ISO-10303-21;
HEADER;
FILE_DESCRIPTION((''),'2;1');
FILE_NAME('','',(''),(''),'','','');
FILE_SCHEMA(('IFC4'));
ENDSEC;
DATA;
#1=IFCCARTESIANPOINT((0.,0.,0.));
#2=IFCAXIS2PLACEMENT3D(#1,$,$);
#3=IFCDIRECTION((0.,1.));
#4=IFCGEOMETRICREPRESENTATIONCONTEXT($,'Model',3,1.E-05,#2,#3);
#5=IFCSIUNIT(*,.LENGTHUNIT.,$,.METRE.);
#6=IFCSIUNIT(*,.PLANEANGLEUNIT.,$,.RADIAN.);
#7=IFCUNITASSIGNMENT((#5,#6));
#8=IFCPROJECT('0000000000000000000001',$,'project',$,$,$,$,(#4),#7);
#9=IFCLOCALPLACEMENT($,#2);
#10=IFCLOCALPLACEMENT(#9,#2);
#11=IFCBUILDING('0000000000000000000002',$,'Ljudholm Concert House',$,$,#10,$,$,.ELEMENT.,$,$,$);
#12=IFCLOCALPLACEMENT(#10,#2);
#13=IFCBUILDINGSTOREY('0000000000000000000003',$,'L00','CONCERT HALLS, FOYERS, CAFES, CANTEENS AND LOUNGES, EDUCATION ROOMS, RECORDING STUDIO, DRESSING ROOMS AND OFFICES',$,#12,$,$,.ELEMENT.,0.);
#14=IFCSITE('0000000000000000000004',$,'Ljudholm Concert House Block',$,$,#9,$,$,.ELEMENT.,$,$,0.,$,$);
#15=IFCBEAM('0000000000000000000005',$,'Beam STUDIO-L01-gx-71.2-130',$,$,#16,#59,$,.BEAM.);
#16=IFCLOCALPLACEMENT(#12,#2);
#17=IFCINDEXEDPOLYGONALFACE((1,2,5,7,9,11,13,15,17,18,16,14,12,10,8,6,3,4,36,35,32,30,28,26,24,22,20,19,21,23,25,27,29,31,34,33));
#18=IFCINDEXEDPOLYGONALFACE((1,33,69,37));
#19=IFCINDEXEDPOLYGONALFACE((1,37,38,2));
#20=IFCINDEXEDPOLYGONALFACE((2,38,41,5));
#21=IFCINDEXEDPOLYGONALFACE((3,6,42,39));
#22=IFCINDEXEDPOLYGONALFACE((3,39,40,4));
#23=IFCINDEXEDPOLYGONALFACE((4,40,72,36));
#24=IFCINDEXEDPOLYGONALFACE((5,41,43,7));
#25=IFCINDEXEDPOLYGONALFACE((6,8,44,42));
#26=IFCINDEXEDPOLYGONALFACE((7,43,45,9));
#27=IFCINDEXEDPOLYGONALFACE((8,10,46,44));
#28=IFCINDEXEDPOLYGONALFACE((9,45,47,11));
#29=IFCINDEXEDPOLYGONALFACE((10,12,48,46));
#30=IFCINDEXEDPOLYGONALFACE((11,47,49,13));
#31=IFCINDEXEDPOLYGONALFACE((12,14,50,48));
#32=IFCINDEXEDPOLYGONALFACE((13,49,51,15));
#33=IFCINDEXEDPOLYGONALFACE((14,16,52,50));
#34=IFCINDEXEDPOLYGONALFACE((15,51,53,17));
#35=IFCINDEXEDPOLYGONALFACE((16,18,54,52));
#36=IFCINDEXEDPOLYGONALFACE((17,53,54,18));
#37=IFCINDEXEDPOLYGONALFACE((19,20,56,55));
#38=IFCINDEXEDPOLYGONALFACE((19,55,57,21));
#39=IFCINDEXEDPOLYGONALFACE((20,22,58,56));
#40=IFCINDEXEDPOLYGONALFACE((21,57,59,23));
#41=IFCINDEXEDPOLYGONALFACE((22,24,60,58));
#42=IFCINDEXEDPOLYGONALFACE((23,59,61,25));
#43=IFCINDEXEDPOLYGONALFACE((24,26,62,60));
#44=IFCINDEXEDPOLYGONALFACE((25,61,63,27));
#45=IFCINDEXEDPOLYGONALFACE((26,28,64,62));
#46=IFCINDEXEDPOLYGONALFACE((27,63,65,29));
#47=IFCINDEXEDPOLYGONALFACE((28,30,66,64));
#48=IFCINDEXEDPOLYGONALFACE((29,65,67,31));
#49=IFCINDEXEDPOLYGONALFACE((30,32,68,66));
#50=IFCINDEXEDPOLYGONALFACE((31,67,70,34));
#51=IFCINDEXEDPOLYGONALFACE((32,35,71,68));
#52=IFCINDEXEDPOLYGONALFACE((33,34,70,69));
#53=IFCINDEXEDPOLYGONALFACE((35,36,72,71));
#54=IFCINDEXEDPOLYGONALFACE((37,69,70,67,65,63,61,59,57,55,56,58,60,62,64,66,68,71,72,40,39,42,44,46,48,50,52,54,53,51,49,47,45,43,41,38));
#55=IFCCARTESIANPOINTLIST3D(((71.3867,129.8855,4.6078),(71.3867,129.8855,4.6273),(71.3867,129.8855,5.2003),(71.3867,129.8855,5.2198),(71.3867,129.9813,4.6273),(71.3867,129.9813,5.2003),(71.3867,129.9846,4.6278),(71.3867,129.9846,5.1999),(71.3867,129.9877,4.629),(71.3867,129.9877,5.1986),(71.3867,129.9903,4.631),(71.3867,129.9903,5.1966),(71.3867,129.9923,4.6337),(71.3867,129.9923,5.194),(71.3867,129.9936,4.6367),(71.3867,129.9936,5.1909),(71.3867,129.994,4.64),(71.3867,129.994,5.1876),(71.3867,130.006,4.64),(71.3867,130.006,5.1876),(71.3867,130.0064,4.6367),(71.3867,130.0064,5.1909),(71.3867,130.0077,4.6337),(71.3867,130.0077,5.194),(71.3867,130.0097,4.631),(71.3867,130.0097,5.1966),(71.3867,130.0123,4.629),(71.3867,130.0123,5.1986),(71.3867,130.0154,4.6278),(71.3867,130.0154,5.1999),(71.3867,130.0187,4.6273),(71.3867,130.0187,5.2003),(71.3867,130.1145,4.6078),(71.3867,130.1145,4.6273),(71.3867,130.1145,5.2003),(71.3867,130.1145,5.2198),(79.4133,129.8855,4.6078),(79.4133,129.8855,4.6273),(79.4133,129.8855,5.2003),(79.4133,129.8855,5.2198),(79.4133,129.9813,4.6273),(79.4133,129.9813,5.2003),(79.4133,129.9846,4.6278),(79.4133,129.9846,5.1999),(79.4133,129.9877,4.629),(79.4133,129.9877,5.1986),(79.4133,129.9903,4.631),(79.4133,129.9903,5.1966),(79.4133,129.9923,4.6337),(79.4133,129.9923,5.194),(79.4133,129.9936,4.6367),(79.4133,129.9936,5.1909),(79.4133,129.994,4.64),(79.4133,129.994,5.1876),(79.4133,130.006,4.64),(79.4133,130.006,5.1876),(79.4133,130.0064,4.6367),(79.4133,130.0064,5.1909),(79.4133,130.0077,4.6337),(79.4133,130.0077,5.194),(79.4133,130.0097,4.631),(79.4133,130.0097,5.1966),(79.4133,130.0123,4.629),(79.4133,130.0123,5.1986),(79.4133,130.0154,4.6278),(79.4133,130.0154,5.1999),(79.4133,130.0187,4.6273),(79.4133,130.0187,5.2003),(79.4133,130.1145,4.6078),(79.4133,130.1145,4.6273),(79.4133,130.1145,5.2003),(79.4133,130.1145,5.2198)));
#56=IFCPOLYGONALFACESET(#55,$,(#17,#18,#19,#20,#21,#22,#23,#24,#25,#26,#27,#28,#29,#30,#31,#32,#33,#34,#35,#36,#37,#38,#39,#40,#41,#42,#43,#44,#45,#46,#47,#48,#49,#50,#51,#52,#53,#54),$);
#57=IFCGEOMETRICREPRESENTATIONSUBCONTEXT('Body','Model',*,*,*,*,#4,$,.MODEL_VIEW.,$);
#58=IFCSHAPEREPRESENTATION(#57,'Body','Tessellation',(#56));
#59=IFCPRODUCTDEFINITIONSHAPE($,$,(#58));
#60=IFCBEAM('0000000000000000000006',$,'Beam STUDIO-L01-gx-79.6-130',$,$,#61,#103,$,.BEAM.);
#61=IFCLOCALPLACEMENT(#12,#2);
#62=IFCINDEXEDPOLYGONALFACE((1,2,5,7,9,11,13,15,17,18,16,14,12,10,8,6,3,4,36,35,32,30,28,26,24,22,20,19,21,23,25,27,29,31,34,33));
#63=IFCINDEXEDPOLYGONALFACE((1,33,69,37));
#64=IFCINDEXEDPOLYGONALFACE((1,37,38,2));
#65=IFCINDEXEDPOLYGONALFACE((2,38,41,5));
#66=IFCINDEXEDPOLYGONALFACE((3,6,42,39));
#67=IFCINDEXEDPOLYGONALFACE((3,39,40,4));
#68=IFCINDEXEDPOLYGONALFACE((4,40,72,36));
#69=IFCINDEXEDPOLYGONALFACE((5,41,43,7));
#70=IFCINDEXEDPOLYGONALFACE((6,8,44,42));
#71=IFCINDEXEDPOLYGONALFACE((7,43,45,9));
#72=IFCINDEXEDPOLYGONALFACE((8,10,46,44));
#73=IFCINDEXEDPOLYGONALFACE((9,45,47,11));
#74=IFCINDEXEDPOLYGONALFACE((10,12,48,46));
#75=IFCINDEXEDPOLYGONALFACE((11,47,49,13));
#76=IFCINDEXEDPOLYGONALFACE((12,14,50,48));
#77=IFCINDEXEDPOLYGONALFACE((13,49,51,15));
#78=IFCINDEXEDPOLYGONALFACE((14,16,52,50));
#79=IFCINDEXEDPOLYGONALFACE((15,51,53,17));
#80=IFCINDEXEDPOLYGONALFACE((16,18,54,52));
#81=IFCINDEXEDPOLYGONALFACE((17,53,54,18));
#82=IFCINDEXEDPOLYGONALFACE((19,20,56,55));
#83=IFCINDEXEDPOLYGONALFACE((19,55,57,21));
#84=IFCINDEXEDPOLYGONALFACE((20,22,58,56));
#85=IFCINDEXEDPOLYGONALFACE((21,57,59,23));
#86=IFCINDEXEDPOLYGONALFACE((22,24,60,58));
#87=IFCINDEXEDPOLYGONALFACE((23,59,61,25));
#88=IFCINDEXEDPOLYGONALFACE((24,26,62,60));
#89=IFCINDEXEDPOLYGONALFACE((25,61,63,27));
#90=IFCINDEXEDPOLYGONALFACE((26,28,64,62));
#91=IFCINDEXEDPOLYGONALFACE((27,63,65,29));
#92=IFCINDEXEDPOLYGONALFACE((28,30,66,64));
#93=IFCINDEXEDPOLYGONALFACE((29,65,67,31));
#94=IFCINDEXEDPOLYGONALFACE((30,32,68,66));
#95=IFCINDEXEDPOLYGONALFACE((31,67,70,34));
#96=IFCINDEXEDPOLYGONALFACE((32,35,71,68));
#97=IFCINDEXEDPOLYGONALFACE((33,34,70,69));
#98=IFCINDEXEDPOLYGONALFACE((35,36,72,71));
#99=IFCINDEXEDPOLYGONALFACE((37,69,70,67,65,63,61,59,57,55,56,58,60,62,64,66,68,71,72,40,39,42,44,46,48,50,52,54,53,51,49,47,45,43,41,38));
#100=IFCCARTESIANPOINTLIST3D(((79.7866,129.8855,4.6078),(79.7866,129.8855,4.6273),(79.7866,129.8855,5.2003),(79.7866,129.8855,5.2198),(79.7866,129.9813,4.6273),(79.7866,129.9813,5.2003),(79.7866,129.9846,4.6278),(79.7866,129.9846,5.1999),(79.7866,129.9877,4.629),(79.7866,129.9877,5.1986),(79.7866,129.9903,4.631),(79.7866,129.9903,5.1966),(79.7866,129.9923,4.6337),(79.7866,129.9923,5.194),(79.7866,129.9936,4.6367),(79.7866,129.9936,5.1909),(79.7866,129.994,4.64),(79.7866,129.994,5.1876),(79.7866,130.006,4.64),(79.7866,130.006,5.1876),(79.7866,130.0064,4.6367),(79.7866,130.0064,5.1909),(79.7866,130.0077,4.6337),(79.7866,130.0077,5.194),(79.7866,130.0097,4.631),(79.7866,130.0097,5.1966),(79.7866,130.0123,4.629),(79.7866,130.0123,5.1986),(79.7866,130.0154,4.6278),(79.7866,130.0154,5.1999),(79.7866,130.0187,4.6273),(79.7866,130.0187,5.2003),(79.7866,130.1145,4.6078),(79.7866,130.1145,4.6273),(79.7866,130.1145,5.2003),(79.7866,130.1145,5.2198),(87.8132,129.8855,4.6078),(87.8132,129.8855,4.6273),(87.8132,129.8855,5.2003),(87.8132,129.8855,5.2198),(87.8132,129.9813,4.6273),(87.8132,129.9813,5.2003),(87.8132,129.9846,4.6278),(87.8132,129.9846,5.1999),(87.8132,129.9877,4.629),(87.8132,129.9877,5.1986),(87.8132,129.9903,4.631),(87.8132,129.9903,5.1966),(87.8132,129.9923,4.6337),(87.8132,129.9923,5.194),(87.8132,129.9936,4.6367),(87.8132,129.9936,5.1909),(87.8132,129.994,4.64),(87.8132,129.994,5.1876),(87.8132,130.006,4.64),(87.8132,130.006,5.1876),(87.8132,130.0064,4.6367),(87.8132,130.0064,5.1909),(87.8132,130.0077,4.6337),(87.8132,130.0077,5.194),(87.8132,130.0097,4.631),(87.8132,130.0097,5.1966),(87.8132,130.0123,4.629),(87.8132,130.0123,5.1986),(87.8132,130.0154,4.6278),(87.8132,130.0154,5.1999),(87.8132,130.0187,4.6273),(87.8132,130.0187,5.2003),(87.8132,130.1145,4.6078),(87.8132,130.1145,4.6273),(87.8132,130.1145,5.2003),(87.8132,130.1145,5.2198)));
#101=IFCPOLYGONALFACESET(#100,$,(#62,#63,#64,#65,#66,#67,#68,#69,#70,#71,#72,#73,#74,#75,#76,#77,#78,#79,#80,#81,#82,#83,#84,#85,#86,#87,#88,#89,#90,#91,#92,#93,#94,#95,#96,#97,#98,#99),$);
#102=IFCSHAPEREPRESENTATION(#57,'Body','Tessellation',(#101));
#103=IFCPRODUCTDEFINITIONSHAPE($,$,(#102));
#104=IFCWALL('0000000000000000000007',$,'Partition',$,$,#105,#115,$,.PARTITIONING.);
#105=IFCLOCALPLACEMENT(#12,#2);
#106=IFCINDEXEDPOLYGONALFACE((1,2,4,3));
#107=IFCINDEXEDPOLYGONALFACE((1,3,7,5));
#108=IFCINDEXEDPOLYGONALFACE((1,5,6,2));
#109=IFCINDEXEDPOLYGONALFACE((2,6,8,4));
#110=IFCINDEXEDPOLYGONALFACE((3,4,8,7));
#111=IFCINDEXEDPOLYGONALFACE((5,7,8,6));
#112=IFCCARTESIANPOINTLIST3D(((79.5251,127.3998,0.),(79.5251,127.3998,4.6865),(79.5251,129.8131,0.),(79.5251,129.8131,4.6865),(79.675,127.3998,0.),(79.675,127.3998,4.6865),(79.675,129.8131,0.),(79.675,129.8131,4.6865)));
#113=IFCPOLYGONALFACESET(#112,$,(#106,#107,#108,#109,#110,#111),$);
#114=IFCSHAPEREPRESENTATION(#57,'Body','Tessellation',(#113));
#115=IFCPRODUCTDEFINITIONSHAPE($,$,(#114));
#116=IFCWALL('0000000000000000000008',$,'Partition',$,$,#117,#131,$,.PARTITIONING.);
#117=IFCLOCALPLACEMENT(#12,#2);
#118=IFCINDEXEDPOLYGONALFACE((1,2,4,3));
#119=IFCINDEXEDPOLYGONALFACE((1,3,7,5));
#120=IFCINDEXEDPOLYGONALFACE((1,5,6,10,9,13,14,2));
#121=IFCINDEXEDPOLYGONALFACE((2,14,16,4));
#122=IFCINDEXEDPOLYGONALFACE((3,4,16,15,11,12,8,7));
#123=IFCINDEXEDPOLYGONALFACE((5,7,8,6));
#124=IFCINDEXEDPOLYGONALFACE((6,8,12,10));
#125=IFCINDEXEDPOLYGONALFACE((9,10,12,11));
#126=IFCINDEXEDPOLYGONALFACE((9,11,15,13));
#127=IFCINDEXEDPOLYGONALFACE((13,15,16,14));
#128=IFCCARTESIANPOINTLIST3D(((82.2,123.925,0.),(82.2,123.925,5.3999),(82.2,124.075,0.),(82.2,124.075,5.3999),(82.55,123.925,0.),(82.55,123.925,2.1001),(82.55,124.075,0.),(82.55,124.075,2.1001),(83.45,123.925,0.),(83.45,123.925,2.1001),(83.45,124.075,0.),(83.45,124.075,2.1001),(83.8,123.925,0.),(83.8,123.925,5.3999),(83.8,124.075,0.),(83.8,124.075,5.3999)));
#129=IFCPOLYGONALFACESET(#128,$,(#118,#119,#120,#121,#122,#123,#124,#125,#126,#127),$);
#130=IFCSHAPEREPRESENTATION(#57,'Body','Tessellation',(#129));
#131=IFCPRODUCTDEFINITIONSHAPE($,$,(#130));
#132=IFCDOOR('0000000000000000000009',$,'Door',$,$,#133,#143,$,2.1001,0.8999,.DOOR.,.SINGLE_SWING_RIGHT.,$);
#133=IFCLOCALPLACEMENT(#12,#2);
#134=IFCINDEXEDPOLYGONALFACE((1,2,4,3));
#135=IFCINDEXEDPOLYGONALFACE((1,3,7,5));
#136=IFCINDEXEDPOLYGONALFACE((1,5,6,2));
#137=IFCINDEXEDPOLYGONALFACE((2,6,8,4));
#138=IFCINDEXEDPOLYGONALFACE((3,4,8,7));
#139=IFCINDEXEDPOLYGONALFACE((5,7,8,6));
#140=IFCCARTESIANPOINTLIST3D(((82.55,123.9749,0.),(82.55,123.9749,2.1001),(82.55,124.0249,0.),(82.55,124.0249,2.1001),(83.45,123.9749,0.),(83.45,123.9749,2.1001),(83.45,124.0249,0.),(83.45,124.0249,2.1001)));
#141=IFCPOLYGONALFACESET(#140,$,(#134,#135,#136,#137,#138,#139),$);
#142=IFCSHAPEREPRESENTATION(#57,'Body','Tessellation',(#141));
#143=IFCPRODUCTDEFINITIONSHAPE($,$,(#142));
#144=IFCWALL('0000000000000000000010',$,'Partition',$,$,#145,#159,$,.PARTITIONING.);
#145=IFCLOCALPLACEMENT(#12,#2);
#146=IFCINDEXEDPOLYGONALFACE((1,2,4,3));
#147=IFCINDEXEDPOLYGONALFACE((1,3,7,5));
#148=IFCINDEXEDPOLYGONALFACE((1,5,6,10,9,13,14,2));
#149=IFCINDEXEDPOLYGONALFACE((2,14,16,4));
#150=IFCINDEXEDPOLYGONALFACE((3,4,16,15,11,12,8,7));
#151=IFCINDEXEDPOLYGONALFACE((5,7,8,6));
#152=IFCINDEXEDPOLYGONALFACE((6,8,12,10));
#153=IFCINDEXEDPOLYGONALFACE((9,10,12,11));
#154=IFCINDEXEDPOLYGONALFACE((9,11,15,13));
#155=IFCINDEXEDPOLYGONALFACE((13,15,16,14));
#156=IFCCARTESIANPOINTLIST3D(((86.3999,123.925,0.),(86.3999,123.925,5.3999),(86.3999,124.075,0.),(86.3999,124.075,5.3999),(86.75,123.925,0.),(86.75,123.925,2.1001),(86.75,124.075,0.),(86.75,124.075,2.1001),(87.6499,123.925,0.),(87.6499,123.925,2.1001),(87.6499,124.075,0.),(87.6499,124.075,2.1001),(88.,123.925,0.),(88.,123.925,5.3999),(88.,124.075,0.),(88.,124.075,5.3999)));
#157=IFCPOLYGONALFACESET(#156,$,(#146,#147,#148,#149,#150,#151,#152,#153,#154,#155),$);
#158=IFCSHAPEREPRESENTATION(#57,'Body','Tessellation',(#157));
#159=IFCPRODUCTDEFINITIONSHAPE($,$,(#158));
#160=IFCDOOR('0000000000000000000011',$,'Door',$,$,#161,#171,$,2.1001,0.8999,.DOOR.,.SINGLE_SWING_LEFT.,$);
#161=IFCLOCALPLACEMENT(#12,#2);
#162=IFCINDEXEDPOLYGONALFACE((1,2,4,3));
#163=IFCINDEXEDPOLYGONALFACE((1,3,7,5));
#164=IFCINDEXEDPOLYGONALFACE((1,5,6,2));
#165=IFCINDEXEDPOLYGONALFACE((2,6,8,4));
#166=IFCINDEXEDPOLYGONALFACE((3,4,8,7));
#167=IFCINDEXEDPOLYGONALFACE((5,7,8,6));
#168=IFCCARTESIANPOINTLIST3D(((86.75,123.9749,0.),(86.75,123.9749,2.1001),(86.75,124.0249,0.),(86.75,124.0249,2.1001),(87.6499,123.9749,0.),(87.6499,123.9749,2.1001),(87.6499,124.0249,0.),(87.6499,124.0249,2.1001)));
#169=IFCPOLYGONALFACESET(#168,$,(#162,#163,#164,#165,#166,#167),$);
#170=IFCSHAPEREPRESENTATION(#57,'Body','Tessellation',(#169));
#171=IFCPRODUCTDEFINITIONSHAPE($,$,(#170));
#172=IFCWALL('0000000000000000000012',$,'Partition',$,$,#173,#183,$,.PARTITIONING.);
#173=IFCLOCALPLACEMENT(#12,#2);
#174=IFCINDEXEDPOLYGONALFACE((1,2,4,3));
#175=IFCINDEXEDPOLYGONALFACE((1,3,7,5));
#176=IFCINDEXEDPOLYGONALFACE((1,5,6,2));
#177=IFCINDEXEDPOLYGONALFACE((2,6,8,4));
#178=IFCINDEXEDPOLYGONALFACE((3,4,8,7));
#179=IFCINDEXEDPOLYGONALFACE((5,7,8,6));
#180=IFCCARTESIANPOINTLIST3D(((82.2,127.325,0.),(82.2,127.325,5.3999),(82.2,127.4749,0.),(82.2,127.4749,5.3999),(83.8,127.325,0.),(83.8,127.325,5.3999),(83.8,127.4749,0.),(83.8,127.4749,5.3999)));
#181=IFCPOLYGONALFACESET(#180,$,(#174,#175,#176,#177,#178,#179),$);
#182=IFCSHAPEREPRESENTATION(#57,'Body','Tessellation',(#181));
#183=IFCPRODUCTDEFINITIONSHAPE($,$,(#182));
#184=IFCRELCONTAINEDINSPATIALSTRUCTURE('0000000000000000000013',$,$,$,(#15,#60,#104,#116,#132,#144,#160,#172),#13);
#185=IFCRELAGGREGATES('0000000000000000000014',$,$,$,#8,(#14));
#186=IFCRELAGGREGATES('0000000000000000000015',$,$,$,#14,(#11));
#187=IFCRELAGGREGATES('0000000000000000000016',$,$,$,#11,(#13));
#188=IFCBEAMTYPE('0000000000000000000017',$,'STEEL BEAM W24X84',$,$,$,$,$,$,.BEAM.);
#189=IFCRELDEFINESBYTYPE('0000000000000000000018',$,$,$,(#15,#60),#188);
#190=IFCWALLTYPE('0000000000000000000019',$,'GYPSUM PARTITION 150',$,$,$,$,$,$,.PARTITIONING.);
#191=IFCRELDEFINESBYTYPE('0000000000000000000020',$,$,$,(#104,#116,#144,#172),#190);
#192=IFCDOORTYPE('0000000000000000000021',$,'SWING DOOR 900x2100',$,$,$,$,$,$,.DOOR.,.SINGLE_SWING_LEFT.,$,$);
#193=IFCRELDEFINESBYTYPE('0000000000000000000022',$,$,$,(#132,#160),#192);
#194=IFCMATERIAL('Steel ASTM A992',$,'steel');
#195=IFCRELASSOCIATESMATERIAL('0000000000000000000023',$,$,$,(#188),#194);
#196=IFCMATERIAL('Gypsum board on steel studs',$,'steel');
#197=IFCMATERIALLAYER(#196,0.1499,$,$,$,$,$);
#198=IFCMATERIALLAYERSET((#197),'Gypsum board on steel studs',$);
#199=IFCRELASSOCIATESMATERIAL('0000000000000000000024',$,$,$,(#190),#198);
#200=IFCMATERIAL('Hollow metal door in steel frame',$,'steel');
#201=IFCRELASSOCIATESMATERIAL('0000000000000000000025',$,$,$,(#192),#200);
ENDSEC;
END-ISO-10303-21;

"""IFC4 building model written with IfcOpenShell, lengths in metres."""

from ifc_helpers import new_model, si_unit, direction, frame, frame_2d, origin, origin_2d, place, context, subcontext, project, spatial, rectangle, i_section, extrude, material, layer, layer_set, material_profile, profile_set, type_object, element, fill, save


model = new_model("IFC4")

# Units and contexts
model_context = context("Model", 3, precision=1e-05, world=origin(), true_north=direction((0.0, 1.0)))
body_context = subcontext(model_context, "Body", "Model", "MODEL_VIEW")
ifc_project = project(units=[si_unit("LENGTHUNIT", "METRE"), si_unit("PLANEANGLEUNIT", "RADIAN")], contexts=[model_context])

# Site, building, storey
site_placement = place(None, origin())
site = spatial("IfcSite", under=ifc_project, at=site_placement, Name="Ljudholm Concert House Block", CompositionType="ELEMENT", RefElevation=0.0)
building_placement = place(site_placement, origin())
building = spatial("IfcBuilding", under=site, at=building_placement, Name="Ljudholm Concert House", CompositionType="ELEMENT")
storey_placement = place(building_placement, origin())
storey = spatial("IfcBuildingStorey", under=building, at=storey_placement, Name="L00", Description="CONCERT HALLS, FOYERS, CAFES, CANTEENS AND LOUNGES, EDUCATION ROOMS, RECORDING STUDIO, DRESSING ROOMS AND OFFICES", CompositionType="ELEMENT", Elevation=0.0)

# Beams
ifc_material_1 = material(Name="Steel ASTM A992", Category="steel")
ifc_material_profile_1 = material_profile(ifc_material_1, i_section(OverallWidth=0.229, OverallDepth=0.6121, WebThickness=0.012, FlangeThickness=0.0195, FilletRadius=0.0127, at=origin_2d()), Name="W24X84")
ifc_profile_set_1 = profile_set([ifc_material_profile_1], Name="Steel ASTM A992")
beam_type_1 = type_object("IfcBeamType", Name="STEEL BEAM W24X84", PredefinedType="BEAM", material=ifc_profile_set_1)
for number, where, z_axis, x_axis, name in (
    (1, (71.3867, 130.0, 4.9138), (1.0, 0.0, 0.0), (0.0, 1.0, 0.0), "Beam STUDIO-L01-gx-71.2-130"),
    (2, (79.7866, 130.0, 4.9138), (1.0, 0.0, 0.0), (0.0, 1.0, 0.0), "Beam STUDIO-L01-gx-79.6-130"),
):
    element("IfcBeam", number, at=place(storey_placement, frame(where, z_axis=z_axis, x_axis=x_axis)), inside=storey, type_object=beam_type_1, Name=name, PredefinedType="BEAM", context=body_context, shape_type="SweptSolid", body=[
        extrude(i_section(OverallWidth=0.229, OverallDepth=0.6121, WebThickness=0.012, FlangeThickness=0.0195, FilletRadius=0.0127, at=origin_2d()), origin(), (0.0, 0.0, 1.0), 8.0266),
    ])

# Wall
ifc_material_2 = material(Name="Gypsum board on steel studs", Category="steel")
ifc_layer_1 = layer(ifc_material_2, 0.1499)
ifc_layer_set_1 = layer_set([ifc_layer_1], Name="Gypsum board on steel studs")
wall_type_1 = type_object("IfcWallType", Name="GYPSUM PARTITION 150", PredefinedType="PARTITIONING", material=ifc_layer_set_1)
wall_1_placement = place(storey_placement, frame((79.6001, 127.3999, 0.0), z_axis=(0.0, 0.0, 1.0), x_axis=(0.0, 1.0, 0.0)))
element("IfcWall", 3, at=wall_1_placement, inside=storey, type_object=wall_type_1, Name="Partition", PredefinedType="PARTITIONING", context=body_context, shape_type="SweptSolid", body=[
    extrude(rectangle(XDim=2.4133, YDim=0.1499, at=frame_2d((1.2065, 0.0))), origin(), (0.0, 0.0, 1.0), 4.6865),
])

# Walls, openings, doors
wall_2_placement = place(storey_placement, frame((82.2, 124.0, 0.0), z_axis=(0.0, 0.0, 1.0), x_axis=(1.0, 0.0, 0.0)))
wall_2 = element("IfcWall", 4, at=wall_2_placement, inside=storey, type_object=wall_type_1, Name="Partition", PredefinedType="PARTITIONING", context=body_context, shape_type="SweptSolid", body=[
    extrude(rectangle(XDim=1.6001, YDim=0.1499, at=frame_2d((0.8, 0.0))), origin(), (0.0, 0.0, 1.0), 5.3999),
])
opening_1_placement = place(wall_2_placement, frame((0.3501, 0.0, 0.0)))
opening_1 = element("IfcOpeningElement", 5, at=opening_1_placement, cuts=wall_2, PredefinedType="OPENING", context=body_context, shape_type="SweptSolid", body=[
    extrude(rectangle(XDim=0.8999, YDim=2.1001, at=frame_2d((0.45, 1.05))), frame((0.0, 0.085, 0.0), z_axis=(0.0, -1.0, 0.0), x_axis=(1.0, 0.0, 0.0)), (0.0, 0.0, 1.0), 0.1699),
])
ifc_material_3 = material(Name="Hollow metal door in steel frame", Category="steel")
door_type_1 = type_object("IfcDoorType", Name="SWING DOOR 900x2100", OperationType="SINGLE_SWING_LEFT", PredefinedType="DOOR", material=ifc_material_3)
door_1_placement = place(opening_1_placement, origin())
door_1 = element("IfcDoor", 6, at=door_1_placement, inside=storey, type_object=door_type_1, Name="Door", OperationType="SINGLE_SWING_RIGHT", OverallHeight=2.1001, OverallWidth=0.8999, PredefinedType="DOOR", context=body_context, shape_type="SweptSolid", body=[
    extrude(rectangle(XDim=0.8999, YDim=2.1001, at=frame_2d((0.45, 1.05))), frame((0.0, 0.0249, 0.0), z_axis=(0.0, -1.0, 0.0), x_axis=(1.0, 0.0, 0.0)), (0.0, 0.0, 1.0), 0.05),
])
fill(opening_1, door_1)
wall_3_placement = place(storey_placement, frame((86.3999, 124.0, 0.0), z_axis=(0.0, 0.0, 1.0), x_axis=(1.0, 0.0, 0.0)))
wall_3 = element("IfcWall", 7, at=wall_3_placement, inside=storey, type_object=wall_type_1, Name="Partition", PredefinedType="PARTITIONING", context=body_context, shape_type="SweptSolid", body=[
    extrude(rectangle(XDim=1.6001, YDim=0.1499, at=frame_2d((0.8, 0.0))), origin(), (0.0, 0.0, 1.0), 5.3999),
])
opening_2_placement = place(wall_3_placement, frame((0.3501, 0.0, 0.0)))
opening_2 = element("IfcOpeningElement", 8, at=opening_2_placement, cuts=wall_3, PredefinedType="OPENING", context=body_context, shape_type="SweptSolid", body=[
    extrude(rectangle(XDim=0.8999, YDim=2.1001, at=frame_2d((0.45, 1.05))), frame((0.0, 0.085, 0.0), z_axis=(0.0, -1.0, 0.0), x_axis=(1.0, 0.0, 0.0)), (0.0, 0.0, 1.0), 0.1699),
])
door_2_placement = place(opening_2_placement, origin())
door_2 = element("IfcDoor", 9, at=door_2_placement, inside=storey, type_object=door_type_1, Name="Door", OperationType="SINGLE_SWING_LEFT", OverallHeight=2.1001, OverallWidth=0.8999, PredefinedType="DOOR", context=body_context, shape_type="SweptSolid", body=[
    extrude(rectangle(XDim=0.8999, YDim=2.1001, at=frame_2d((0.45, 1.05))), frame((0.0, 0.0249, 0.0), z_axis=(0.0, -1.0, 0.0), x_axis=(1.0, 0.0, 0.0)), (0.0, 0.0, 1.0), 0.05),
])
fill(opening_2, door_2)

# Wall
for number, where, z_axis, x_axis, name in (
    (10, (82.2, 127.3999, 0.0), (0.0, 0.0, 1.0), (1.0, 0.0, 0.0), "Partition"),
):
    element("IfcWall", number, at=place(storey_placement, frame(where, z_axis=z_axis, x_axis=x_axis)), inside=storey, type_object=wall_type_1, Name=name, PredefinedType="PARTITIONING", context=body_context, shape_type="SweptSolid", body=[
        extrude(rectangle(XDim=1.6001, YDim=0.1499, at=frame_2d((0.8, 0.0))), origin(), (0.0, 0.0, 1.0), 5.3999),
    ])

save(model, "model.ifc")
